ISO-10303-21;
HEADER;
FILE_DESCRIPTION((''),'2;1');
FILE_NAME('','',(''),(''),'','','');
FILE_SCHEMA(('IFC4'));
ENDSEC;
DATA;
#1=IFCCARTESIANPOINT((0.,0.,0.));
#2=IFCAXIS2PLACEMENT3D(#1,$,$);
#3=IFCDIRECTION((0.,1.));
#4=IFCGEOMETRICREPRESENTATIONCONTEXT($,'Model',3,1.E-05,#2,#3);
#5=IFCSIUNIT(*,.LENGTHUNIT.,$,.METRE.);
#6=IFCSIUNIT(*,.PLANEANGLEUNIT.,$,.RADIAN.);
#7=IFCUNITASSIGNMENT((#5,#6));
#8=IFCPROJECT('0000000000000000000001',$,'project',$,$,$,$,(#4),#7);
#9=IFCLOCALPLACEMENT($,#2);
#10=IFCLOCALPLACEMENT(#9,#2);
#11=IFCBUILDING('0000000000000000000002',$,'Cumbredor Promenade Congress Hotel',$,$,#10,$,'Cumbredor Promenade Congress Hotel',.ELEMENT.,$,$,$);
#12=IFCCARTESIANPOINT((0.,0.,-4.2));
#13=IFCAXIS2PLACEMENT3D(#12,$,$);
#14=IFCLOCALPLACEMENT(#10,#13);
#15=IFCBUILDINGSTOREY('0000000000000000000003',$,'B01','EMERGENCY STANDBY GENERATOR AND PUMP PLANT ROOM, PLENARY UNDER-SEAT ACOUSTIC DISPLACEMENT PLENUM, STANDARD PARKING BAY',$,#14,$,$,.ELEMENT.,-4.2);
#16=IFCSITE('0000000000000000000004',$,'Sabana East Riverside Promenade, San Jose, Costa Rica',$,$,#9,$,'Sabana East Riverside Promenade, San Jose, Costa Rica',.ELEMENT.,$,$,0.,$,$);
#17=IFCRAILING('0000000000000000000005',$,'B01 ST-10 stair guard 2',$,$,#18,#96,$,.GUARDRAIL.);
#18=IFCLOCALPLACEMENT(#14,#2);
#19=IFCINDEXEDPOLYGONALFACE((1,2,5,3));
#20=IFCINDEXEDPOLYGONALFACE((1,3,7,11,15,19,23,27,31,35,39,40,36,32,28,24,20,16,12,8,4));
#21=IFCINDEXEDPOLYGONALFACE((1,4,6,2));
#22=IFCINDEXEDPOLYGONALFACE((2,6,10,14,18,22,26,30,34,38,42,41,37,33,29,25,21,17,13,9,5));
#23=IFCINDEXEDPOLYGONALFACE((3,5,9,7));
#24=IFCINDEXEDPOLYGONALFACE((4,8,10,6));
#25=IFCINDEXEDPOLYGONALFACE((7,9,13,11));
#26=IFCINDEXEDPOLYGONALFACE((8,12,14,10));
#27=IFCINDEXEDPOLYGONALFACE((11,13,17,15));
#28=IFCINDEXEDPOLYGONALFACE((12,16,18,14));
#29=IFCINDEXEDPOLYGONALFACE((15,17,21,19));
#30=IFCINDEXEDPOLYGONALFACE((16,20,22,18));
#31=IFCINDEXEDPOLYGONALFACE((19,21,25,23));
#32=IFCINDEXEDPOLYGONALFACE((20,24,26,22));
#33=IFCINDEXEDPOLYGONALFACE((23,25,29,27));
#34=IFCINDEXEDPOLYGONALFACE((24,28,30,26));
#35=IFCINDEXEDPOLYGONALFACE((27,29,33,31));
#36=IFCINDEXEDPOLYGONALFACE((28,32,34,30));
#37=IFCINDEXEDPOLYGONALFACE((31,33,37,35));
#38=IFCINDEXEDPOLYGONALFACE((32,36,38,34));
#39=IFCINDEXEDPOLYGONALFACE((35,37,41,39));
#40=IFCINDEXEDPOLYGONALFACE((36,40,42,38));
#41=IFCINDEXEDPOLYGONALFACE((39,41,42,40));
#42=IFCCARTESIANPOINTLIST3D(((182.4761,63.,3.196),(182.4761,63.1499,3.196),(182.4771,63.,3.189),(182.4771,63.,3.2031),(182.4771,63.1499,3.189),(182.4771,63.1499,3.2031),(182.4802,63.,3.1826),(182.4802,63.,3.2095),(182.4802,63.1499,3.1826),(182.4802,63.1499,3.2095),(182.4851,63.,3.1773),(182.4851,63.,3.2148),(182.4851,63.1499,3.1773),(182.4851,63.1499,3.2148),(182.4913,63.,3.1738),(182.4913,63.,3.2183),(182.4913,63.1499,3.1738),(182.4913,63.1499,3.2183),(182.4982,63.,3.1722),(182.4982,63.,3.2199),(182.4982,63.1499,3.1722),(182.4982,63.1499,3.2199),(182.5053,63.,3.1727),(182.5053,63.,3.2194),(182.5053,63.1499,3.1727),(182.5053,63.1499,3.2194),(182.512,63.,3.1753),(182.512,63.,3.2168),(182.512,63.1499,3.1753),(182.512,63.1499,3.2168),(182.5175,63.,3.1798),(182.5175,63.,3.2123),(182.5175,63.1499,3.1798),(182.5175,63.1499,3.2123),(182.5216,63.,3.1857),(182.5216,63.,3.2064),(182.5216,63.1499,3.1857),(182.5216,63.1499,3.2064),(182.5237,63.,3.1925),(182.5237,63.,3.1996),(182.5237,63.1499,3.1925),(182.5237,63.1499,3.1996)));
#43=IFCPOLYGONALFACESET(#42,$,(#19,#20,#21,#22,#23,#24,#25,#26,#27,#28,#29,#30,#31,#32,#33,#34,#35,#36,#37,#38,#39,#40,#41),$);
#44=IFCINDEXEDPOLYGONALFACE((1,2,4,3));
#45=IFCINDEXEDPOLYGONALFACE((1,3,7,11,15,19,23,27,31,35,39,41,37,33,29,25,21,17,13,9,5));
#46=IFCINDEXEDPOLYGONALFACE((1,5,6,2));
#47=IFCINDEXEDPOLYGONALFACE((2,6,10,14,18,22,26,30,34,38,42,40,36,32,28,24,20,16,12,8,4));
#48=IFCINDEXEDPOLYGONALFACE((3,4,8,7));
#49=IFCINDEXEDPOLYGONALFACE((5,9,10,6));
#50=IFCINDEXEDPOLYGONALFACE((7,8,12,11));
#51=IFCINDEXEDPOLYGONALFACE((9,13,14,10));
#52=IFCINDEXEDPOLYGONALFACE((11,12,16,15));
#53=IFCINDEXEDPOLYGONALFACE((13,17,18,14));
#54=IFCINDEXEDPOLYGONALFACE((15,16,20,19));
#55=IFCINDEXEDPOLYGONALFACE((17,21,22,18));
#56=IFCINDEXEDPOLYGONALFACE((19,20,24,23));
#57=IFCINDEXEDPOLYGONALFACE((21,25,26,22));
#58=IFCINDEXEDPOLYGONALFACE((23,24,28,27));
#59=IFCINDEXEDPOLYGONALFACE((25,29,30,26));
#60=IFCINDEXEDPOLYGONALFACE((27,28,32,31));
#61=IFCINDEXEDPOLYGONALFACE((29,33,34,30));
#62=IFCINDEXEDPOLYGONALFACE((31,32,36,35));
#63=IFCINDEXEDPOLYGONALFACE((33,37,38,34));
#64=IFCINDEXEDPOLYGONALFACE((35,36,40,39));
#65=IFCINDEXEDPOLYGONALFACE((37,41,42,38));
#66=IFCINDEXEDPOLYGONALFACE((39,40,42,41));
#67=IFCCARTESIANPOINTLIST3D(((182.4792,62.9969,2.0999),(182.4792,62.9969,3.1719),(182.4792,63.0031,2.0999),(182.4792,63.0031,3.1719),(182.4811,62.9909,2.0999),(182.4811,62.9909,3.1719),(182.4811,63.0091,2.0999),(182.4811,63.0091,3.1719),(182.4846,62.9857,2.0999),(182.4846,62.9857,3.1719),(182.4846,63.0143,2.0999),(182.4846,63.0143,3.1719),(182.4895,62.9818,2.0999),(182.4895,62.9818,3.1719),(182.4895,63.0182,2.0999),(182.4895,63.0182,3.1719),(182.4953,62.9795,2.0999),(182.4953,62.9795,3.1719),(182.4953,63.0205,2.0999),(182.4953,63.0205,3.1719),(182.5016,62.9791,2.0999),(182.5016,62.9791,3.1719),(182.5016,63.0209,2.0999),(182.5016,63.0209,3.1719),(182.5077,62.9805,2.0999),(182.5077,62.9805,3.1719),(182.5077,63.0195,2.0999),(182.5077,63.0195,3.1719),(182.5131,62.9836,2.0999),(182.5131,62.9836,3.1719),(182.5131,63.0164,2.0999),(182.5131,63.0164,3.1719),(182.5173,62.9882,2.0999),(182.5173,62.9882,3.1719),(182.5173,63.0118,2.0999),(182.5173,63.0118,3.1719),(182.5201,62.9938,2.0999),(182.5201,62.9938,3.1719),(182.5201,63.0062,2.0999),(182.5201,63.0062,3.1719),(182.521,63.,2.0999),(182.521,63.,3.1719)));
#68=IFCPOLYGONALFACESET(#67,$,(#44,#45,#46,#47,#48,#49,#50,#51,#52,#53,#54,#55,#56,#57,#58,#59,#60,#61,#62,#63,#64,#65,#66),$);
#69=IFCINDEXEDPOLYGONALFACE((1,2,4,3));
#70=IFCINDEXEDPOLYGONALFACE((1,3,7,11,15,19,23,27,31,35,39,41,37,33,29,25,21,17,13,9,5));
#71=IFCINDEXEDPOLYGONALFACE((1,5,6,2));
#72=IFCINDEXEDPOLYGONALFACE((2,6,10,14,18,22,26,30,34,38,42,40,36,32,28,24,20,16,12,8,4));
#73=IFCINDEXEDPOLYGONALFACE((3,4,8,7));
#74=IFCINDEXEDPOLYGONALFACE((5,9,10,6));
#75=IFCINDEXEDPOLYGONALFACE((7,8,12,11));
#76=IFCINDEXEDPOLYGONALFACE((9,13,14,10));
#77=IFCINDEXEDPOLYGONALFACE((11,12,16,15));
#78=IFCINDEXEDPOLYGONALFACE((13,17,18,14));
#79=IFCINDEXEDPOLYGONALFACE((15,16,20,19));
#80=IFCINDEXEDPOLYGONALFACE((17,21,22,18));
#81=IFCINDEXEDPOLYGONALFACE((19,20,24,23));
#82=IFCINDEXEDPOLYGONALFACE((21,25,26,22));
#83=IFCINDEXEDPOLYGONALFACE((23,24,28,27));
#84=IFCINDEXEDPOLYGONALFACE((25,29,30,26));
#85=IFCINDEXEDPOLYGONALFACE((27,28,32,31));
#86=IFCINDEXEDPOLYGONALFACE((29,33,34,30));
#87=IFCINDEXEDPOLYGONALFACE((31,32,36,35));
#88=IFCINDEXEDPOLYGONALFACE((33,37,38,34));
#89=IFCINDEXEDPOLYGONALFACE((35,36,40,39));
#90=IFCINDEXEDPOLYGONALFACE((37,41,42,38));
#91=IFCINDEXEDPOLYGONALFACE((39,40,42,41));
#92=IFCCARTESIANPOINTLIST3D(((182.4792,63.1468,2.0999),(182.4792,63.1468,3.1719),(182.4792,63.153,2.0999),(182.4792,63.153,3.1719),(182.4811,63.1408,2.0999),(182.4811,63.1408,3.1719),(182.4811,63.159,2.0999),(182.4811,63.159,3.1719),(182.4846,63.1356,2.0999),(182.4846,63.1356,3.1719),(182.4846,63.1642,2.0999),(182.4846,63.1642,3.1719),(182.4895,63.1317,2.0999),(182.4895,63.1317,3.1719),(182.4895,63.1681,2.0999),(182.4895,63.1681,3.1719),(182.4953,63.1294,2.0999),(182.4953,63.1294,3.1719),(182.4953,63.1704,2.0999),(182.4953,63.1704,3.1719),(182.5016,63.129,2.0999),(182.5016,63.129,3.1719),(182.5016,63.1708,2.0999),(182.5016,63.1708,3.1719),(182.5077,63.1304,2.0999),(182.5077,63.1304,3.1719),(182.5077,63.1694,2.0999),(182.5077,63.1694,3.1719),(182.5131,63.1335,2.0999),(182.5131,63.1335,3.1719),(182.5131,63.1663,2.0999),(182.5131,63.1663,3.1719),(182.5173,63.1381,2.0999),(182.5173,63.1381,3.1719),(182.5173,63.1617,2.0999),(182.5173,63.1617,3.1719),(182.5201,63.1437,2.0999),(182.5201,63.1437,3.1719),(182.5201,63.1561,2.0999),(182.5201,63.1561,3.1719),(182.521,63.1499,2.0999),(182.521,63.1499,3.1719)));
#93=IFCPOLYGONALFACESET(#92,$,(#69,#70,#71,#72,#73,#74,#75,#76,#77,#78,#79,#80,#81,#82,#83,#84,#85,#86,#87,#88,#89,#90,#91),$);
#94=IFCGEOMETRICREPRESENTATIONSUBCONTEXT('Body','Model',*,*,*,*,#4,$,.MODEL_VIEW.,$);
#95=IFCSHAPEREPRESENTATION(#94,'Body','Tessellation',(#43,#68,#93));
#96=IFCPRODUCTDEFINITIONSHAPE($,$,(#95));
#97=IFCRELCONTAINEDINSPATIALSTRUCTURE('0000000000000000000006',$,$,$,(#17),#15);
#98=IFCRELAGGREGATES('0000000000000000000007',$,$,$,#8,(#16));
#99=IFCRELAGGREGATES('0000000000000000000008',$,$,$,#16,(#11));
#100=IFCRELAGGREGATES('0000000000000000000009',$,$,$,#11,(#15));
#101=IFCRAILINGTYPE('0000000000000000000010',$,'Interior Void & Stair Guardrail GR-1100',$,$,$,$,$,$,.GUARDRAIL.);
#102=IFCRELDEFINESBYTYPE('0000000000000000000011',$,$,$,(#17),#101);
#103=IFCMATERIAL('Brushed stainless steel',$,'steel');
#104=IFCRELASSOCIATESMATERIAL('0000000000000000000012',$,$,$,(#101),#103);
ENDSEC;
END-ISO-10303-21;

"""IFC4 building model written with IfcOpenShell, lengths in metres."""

from ifc_helpers import new_model, si_unit, direction, frame, origin, origin_2d, place, context, subcontext, project, spatial, circle, extrude, material, type_object, element, save


model = new_model("IFC4")

# Units and contexts
model_context = context("Model", 3, precision=1e-05, world=origin(), true_north=direction((0.0, 1.0)))
body_context = subcontext(model_context, "Body", "Model", "MODEL_VIEW")
ifc_project = project(units=[si_unit("LENGTHUNIT", "METRE"), si_unit("PLANEANGLEUNIT", "RADIAN")], contexts=[model_context])

# Site, building, storey
site_placement = place(None, origin())
site = spatial("IfcSite", under=ifc_project, at=site_placement, Name="Sabana East Riverside Promenade, San Jose, Costa Rica", LongName="Sabana East Riverside Promenade, San Jose, Costa Rica", CompositionType="ELEMENT", RefElevation=0.0)
building_placement = place(site_placement, origin())
building = spatial("IfcBuilding", under=site, at=building_placement, Name="Cumbredor Promenade Congress Hotel", LongName="Cumbredor Promenade Congress Hotel", CompositionType="ELEMENT")
storey_placement = place(building_placement, frame((0.0, 0.0, -4.2)))
storey = spatial("IfcBuildingStorey", under=building, at=storey_placement, Name="B01", Description="EMERGENCY STANDBY GENERATOR AND PUMP PLANT ROOM, PLENARY UNDER-SEAT ACOUSTIC DISPLACEMENT PLENUM, STANDARD PARKING BAY", CompositionType="ELEMENT", Elevation=-4.2)

# Railing
ifc_material_1 = material(Name="Brushed stainless steel", Category="steel")
railing_type_1 = type_object("IfcRailingType", Name="Interior Void & Stair Guardrail GR-1100", PredefinedType="GUARDRAIL", material=ifc_material_1)
railing_1_placement = place(storey_placement, frame((182.5, 63.0, 2.0999)))
element("IfcRailing", 1, at=railing_1_placement, inside=storey, type_object=railing_type_1, Name="B01 ST-10 stair guard 2", PredefinedType="GUARDRAIL", context=body_context, shape_type="SweptSolid", body=[
    extrude(circle(Radius=0.0239, at=origin_2d()), frame((0.0, 0.0, 1.0962), z_axis=(0.0, 1.0, 0.0), x_axis=(-1.0, 0.0, 0.0)), (0.0, 0.0, 1.0), 0.1499),
    extrude(circle(Radius=0.021, at=origin_2d()), origin(), (0.0, 0.0, 1.0), 1.072),
    extrude(circle(Radius=0.021, at=origin_2d()), frame((0.0, 0.1499, 0.0)), (0.0, 0.0, 1.0), 1.072),
])

save(model, "model.ifc")
